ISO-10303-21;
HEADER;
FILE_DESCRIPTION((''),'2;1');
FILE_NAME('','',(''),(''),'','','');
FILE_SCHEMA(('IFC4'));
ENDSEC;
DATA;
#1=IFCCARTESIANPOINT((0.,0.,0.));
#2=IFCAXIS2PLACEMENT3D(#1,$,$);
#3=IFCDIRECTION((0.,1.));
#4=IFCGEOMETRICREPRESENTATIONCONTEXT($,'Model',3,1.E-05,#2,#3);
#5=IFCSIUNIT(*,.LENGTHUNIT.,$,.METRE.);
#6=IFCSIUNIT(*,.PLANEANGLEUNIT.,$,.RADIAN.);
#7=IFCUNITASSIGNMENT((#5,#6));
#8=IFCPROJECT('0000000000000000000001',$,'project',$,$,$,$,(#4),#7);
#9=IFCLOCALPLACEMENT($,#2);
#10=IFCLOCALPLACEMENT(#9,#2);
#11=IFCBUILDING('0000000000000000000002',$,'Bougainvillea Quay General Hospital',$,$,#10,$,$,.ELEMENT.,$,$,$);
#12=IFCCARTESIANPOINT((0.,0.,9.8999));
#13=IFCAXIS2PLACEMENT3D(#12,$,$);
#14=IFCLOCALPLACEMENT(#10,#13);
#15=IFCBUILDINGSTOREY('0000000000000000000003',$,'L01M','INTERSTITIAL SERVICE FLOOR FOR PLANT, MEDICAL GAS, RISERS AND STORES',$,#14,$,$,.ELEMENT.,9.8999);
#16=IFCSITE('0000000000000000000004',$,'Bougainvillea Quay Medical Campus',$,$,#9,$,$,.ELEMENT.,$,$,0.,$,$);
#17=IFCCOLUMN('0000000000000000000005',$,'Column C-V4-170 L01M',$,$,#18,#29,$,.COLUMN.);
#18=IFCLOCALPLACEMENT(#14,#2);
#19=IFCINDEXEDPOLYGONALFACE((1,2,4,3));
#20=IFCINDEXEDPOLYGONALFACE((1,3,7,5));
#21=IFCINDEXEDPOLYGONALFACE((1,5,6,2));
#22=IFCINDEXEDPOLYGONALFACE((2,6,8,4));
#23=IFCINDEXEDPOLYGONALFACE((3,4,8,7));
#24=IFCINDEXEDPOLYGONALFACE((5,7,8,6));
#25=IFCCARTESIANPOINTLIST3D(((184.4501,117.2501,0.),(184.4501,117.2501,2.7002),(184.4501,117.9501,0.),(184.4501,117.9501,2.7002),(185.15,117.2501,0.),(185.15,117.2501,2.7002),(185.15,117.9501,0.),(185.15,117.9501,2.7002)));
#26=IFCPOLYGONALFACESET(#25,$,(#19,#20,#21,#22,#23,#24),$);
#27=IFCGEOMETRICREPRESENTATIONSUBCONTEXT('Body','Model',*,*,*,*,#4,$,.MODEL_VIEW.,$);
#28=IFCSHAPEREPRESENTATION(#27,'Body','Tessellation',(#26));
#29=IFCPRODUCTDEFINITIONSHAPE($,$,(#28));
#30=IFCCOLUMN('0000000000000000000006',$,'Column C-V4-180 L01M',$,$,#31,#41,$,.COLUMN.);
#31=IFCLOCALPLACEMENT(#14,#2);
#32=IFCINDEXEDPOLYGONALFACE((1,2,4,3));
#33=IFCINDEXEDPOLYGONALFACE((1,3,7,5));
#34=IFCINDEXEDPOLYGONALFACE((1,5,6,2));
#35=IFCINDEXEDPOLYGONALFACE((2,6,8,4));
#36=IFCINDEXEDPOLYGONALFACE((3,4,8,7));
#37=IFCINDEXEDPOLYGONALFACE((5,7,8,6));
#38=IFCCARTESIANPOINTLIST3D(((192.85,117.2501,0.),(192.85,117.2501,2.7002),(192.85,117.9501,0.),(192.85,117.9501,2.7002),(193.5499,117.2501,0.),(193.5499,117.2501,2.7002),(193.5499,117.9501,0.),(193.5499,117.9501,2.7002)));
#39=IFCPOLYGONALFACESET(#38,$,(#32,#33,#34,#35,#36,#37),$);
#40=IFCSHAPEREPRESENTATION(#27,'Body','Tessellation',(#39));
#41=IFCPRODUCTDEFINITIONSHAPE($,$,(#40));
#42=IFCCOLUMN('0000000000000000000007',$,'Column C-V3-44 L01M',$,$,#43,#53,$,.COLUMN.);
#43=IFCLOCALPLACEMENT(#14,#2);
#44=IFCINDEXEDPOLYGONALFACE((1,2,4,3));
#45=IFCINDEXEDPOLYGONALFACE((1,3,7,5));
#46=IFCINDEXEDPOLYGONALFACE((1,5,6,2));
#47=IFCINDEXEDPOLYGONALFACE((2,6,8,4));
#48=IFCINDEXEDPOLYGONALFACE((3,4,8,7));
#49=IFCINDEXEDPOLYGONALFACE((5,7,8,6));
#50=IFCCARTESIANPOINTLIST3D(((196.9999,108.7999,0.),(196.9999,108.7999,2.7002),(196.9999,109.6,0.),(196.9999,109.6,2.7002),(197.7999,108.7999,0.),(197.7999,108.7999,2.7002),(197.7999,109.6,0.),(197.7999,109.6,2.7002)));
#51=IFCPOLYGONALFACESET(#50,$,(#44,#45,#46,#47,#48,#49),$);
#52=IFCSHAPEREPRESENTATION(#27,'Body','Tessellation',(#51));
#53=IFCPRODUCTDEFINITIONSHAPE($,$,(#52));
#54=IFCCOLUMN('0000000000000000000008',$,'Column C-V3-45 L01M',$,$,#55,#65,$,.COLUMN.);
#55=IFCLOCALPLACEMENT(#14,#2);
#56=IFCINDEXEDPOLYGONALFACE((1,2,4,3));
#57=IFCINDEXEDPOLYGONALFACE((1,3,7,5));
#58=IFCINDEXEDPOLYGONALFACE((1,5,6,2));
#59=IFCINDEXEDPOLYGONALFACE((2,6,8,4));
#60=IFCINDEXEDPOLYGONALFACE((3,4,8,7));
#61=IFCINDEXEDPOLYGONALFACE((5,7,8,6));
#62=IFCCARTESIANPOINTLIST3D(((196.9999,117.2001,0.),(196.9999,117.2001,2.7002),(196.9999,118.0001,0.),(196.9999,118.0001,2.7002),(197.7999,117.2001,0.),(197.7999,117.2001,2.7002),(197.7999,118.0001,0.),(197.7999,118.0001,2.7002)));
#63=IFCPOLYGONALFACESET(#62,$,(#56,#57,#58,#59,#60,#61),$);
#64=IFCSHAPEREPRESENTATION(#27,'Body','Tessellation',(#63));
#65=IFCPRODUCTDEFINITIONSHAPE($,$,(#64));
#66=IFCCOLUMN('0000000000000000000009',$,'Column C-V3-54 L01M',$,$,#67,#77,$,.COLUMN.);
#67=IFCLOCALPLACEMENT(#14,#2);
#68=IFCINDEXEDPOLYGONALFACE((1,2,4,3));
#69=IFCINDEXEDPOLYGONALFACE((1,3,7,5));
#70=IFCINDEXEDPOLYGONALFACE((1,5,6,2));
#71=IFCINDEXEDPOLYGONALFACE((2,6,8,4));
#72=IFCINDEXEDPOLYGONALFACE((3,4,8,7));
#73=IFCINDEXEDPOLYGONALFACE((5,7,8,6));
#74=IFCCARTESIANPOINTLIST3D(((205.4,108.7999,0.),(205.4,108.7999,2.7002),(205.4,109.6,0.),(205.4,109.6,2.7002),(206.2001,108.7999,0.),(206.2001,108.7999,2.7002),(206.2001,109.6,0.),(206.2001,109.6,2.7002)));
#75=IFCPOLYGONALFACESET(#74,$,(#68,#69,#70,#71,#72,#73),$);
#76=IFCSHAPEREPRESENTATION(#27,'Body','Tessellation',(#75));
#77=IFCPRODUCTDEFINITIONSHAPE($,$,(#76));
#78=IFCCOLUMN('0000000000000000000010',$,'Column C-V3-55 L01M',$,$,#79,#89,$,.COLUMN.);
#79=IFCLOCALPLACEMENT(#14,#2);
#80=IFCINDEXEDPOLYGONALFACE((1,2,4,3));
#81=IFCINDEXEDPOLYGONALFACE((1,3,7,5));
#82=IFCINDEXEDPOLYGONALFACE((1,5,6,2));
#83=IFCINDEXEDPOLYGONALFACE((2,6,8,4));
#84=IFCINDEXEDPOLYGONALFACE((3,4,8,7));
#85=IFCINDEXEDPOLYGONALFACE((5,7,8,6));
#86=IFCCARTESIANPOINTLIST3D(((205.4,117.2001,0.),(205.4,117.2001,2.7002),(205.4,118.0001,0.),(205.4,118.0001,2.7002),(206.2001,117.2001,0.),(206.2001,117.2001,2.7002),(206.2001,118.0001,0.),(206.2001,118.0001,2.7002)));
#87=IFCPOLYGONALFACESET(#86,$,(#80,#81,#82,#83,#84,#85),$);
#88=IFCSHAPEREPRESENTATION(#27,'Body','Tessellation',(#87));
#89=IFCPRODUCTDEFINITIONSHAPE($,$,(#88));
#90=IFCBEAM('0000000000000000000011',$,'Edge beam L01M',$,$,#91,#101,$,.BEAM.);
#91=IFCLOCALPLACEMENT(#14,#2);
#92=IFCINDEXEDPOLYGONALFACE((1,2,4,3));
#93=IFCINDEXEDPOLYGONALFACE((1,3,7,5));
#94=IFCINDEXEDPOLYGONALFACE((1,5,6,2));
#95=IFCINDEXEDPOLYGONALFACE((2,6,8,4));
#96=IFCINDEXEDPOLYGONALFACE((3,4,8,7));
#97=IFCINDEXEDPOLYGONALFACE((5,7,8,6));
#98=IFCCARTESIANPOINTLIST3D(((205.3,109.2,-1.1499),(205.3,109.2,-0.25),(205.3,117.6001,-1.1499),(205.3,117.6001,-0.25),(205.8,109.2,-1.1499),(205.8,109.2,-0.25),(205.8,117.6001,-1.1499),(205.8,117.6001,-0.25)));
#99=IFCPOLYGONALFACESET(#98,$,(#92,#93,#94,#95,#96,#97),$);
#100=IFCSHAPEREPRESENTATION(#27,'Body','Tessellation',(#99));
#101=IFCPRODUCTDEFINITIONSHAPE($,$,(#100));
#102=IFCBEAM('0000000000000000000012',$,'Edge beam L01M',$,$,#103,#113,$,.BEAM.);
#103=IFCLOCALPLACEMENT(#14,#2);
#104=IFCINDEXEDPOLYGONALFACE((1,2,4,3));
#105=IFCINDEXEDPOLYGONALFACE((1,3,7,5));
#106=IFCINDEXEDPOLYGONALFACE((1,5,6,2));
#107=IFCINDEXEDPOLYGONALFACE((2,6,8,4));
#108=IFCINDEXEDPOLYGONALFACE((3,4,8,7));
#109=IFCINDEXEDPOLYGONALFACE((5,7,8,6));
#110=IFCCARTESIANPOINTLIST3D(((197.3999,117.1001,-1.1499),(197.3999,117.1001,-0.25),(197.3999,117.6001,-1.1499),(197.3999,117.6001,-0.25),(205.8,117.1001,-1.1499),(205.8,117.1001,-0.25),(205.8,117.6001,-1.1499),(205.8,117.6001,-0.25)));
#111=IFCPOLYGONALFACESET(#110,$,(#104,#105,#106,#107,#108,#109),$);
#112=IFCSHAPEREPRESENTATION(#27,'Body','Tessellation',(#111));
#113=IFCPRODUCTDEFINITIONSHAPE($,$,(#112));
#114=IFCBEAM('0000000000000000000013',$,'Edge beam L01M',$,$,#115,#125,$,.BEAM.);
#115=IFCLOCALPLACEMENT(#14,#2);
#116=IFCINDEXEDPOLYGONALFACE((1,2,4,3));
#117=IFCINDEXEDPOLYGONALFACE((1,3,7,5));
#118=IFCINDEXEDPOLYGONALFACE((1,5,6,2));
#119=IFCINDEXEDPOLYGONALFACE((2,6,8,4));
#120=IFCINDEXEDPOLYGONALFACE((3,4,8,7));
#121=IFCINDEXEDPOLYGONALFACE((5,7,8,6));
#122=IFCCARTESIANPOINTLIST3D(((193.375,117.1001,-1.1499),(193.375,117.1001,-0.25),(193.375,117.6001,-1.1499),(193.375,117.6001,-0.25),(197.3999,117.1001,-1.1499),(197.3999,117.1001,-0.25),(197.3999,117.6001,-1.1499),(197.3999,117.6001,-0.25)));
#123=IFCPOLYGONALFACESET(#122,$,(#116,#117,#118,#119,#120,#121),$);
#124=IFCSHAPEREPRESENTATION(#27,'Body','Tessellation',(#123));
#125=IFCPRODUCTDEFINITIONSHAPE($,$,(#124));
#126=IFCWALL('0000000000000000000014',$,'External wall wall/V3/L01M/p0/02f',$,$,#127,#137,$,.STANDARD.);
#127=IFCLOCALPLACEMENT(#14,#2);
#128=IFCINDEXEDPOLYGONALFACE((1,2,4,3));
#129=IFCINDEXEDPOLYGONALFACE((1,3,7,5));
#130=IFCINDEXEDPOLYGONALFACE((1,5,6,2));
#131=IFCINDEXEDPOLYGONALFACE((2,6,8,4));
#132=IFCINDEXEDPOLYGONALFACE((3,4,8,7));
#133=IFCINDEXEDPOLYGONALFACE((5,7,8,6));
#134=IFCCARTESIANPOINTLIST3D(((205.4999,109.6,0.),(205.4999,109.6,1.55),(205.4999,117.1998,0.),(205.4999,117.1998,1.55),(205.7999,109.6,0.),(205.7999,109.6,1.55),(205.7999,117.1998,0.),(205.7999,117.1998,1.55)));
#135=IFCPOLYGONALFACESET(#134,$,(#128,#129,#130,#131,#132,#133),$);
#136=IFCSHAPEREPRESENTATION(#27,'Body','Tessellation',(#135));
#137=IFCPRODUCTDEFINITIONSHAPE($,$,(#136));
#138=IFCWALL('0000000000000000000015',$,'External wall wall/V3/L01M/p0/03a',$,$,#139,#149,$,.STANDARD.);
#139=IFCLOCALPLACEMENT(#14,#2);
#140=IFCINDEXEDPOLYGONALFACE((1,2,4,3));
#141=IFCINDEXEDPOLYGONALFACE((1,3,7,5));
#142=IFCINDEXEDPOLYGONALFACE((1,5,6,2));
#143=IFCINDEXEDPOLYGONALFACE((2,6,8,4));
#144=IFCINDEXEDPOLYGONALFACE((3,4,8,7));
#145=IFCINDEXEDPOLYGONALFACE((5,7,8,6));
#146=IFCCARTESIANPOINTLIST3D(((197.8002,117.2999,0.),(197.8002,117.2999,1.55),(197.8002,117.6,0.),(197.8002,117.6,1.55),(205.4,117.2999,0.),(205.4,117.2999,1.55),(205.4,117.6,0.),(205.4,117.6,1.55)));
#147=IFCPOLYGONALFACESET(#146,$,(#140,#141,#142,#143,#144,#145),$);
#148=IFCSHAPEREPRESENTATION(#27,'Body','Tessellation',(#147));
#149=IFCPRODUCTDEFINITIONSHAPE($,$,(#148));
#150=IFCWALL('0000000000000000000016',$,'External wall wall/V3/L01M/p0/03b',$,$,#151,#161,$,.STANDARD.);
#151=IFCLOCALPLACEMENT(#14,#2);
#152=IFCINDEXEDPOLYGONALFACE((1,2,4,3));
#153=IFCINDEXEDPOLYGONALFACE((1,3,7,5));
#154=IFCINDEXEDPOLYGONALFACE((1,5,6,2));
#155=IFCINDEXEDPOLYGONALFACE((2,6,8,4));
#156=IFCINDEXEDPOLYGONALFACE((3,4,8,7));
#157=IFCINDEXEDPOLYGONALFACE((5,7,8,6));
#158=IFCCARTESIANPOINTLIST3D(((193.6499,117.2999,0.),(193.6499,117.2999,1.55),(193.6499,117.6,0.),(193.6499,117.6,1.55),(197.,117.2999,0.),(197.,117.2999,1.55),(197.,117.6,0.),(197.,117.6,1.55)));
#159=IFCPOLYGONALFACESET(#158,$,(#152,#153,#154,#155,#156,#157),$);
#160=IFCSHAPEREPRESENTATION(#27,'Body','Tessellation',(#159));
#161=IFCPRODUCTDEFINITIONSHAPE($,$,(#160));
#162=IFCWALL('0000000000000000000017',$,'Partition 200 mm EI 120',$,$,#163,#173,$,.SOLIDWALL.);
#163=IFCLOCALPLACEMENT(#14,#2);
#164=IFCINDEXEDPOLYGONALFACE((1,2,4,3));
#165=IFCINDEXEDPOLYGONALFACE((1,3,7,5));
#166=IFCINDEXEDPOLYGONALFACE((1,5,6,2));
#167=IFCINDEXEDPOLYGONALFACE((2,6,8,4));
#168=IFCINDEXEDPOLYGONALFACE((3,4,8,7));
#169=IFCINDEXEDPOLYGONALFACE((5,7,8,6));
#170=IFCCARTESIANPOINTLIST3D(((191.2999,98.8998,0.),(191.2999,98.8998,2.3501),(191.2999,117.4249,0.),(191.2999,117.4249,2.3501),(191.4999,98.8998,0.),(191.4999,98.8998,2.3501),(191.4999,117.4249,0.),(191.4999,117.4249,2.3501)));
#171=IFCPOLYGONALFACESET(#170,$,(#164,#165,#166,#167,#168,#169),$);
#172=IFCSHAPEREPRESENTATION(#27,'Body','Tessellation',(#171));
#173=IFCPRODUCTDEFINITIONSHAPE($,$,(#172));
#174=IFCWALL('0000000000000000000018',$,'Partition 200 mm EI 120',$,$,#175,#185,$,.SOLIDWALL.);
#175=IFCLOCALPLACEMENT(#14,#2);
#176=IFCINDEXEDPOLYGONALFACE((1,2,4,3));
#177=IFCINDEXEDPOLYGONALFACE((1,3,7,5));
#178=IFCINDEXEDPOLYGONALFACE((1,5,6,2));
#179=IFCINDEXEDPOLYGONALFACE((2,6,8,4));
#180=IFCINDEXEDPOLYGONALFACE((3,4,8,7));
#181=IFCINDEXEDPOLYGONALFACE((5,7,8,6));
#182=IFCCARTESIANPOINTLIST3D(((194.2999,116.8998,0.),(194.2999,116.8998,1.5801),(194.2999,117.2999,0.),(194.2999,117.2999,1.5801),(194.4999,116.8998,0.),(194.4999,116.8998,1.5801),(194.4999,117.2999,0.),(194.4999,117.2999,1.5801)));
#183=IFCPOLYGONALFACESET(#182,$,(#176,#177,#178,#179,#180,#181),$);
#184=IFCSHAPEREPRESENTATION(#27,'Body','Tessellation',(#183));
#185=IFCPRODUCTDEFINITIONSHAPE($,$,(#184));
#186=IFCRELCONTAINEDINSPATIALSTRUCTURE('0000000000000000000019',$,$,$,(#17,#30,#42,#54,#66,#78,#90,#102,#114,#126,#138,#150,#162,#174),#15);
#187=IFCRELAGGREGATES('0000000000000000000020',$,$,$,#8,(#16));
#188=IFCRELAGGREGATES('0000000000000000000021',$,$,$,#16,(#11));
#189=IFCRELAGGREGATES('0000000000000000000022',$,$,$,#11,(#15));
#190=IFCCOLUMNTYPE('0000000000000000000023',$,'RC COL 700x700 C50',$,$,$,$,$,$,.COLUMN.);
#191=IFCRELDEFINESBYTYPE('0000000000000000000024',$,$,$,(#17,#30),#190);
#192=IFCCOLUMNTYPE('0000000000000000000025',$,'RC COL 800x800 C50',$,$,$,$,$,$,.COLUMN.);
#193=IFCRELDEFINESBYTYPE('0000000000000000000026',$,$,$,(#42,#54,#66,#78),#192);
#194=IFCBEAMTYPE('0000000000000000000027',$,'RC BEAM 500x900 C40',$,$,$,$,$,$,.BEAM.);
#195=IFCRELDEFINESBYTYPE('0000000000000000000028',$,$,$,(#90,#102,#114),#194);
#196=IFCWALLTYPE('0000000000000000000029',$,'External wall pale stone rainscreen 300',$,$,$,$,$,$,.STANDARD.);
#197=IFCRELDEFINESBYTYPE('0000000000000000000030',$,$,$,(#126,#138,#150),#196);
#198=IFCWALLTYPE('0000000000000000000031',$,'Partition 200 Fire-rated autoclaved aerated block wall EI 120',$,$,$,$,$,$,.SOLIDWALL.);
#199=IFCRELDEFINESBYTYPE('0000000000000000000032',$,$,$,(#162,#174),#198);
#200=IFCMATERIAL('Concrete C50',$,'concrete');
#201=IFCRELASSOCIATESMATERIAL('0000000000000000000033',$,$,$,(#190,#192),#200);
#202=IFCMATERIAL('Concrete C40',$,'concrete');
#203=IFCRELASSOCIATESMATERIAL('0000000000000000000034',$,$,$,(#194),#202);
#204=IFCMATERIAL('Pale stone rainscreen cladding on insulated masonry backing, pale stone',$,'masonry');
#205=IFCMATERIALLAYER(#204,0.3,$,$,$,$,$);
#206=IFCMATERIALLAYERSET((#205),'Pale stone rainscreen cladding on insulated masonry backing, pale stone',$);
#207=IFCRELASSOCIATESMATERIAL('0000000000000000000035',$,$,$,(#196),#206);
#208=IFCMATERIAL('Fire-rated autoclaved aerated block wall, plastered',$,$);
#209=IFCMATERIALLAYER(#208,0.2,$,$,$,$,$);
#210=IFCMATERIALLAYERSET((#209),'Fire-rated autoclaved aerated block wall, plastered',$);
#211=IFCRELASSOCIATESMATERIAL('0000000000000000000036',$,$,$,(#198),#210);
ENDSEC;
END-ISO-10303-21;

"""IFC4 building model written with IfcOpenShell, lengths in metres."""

from ifc_helpers import new_model, si_unit, direction, frame, frame_2d, origin, origin_2d, place, context, subcontext, project, spatial, rectangle, extrude, material, layer, layer_set, material_profile, profile_set, type_object, element, save


model = new_model("IFC4")

# Units and contexts
model_context = context("Model", 3, precision=1e-05, world=origin(), true_north=direction((0.0, 1.0)))
body_context = subcontext(model_context, "Body", "Model", "MODEL_VIEW")
ifc_project = project(units=[si_unit("LENGTHUNIT", "METRE"), si_unit("PLANEANGLEUNIT", "RADIAN")], contexts=[model_context])

# Site, building, storey
site_placement = place(None, origin())
site = spatial("IfcSite", under=ifc_project, at=site_placement, Name="Bougainvillea Quay Medical Campus", CompositionType="ELEMENT", RefElevation=0.0)
building_placement = place(site_placement, origin())
building = spatial("IfcBuilding", under=site, at=building_placement, Name="Bougainvillea Quay General Hospital", CompositionType="ELEMENT")
storey_placement = place(building_placement, frame((0.0, 0.0, 9.8999)))
storey = spatial("IfcBuildingStorey", under=building, at=storey_placement, Name="L01M", Description="INTERSTITIAL SERVICE FLOOR FOR PLANT, MEDICAL GAS, RISERS AND STORES", CompositionType="ELEMENT", Elevation=9.8999)

# Columns
ifc_material_1 = material(Name="Concrete C50", Category="concrete")
ifc_material_profile_1 = material_profile(ifc_material_1, rectangle(XDim=0.7, YDim=0.7, at=origin_2d()))
ifc_profile_set_1 = profile_set([ifc_material_profile_1], Name="Concrete C50")
column_type_1 = type_object("IfcColumnType", Name="RC COL 700x700 C50", PredefinedType="COLUMN", material=ifc_profile_set_1)
for number, where, z_axis, x_axis, name in (
    (1, (184.8, 117.6001, 0.0), (0.0, 0.0, 1.0), (1.0, 0.0, 0.0), "Column C-V4-170 L01M"),
    (2, (193.2, 117.6001, 0.0), (0.0, 0.0, 1.0), (1.0, 0.0, 0.0), "Column C-V4-180 L01M"),
):
    element("IfcColumn", number, at=place(storey_placement, frame(where, z_axis=z_axis, x_axis=x_axis)), inside=storey, type_object=column_type_1, Name=name, PredefinedType="COLUMN", context=body_context, shape_type="SweptSolid", body=[
        extrude(rectangle(XDim=0.7, YDim=0.7, at=origin_2d()), origin(), (0.0, 0.0, 1.0), 2.7002),
    ])
ifc_material_profile_2 = material_profile(ifc_material_1, rectangle(XDim=0.8, YDim=0.8, at=origin_2d()))
ifc_profile_set_2 = profile_set([ifc_material_profile_2], Name="Concrete C50")
column_type_2 = type_object("IfcColumnType", Name="RC COL 800x800 C50", PredefinedType="COLUMN", material=ifc_profile_set_2)
for number, where, z_axis, x_axis, name in (
    (3, (197.3999, 109.2, 0.0), (0.0, 0.0, 1.0), (1.0, 0.0, 0.0), "Column C-V3-44 L01M"),
    (4, (197.3999, 117.6001, 0.0), (0.0, 0.0, 1.0), (1.0, 0.0, 0.0), "Column C-V3-45 L01M"),
    (5, (205.8, 109.2, 0.0), (0.0, 0.0, 1.0), (1.0, 0.0, 0.0), "Column C-V3-54 L01M"),
    (6, (205.8, 117.6001, 0.0), (0.0, 0.0, 1.0), (1.0, 0.0, 0.0), "Column C-V3-55 L01M"),
):
    element("IfcColumn", number, at=place(storey_placement, frame(where, z_axis=z_axis, x_axis=x_axis)), inside=storey, type_object=column_type_2, Name=name, PredefinedType="COLUMN", context=body_context, shape_type="SweptSolid", body=[
        extrude(rectangle(XDim=0.8, YDim=0.8, at=origin_2d()), origin(), (0.0, 0.0, 1.0), 2.7002),
    ])

# Beams
ifc_material_2 = material(Name="Concrete C40", Category="concrete")
ifc_material_profile_3 = material_profile(ifc_material_2, rectangle(XDim=0.5, YDim=0.8999, at=origin_2d()))
ifc_profile_set_3 = profile_set([ifc_material_profile_3], Name="Concrete C40")
beam_type = type_object("IfcBeamType", Name="RC BEAM 500x900 C40", PredefinedType="BEAM", material=ifc_profile_set_3)
for number, where, z_axis, x_axis, name in (
    (7, (205.55, 109.2, -0.7), (0.0, 1.0, 0.0), (-1.0, 0.0, 0.0), "Edge beam L01M"),
    (8, (205.8, 117.3501, -0.7), (-1.0, 0.0, 0.0), (0.0, -1.0, 0.0), "Edge beam L01M"),
):
    element("IfcBeam", number, at=place(storey_placement, frame(where, z_axis=z_axis, x_axis=x_axis)), inside=storey, type_object=beam_type, Name=name, PredefinedType="BEAM", context=body_context, shape_type="SweptSolid", body=[
        extrude(rectangle(XDim=0.5, YDim=0.8999, at=origin_2d()), origin(), (0.0, 0.0, 1.0), 8.4001),
    ])
beam_placement = place(storey_placement, frame((197.3999, 117.3501, -0.7), z_axis=(-1.0, 0.0, 0.0), x_axis=(0.0, -1.0, 0.0)))
element("IfcBeam", 9, at=beam_placement, inside=storey, type_object=beam_type, Name="Edge beam L01M", PredefinedType="BEAM", context=body_context, shape_type="SweptSolid", body=[
    extrude(rectangle(XDim=0.5, YDim=0.8999, at=origin_2d()), origin(), (0.0, 0.0, 1.0), 4.0249),
])

# Walls
ifc_material_3 = material(Name="Pale stone rainscreen cladding on insulated masonry backing, pale stone", Category="masonry")
ifc_layer_1 = layer(ifc_material_3, 0.3)
ifc_layer_set_1 = layer_set([ifc_layer_1], Name="Pale stone rainscreen cladding on insulated masonry backing, pale stone")
wall_type_1 = type_object("IfcWallType", Name="External wall pale stone rainscreen 300", PredefinedType="STANDARD", material=ifc_layer_set_1)
for number, where, z_axis, x_axis, name in (
    (10, (205.6499, 109.6001, 0.0), (0.0, 0.0, 1.0), (0.0, 1.0, 0.0), "External wall wall/V3/L01M/p0/02f"),
    (11, (205.3999, 117.45, 0.0), (0.0, 0.0, 1.0), (-1.0, 0.0, 0.0), "External wall wall/V3/L01M/p0/03a"),
):
    element("IfcWall", number, at=place(storey_placement, frame(where, z_axis=z_axis, x_axis=x_axis)), inside=storey, type_object=wall_type_1, Name=name, PredefinedType="STANDARD", context=body_context, shape_type="SweptSolid", body=[
        extrude(rectangle(XDim=7.5999, YDim=0.3, at=frame_2d((3.7998, 0.0))), origin(), (0.0, 0.0, 1.0), 1.55),
    ])
wall_1_placement = place(storey_placement, frame((197.0, 117.45, 0.0), z_axis=(0.0, 0.0, 1.0), x_axis=(-1.0, 0.0, 0.0)))
element("IfcWall", 12, at=wall_1_placement, inside=storey, type_object=wall_type_1, Name="External wall wall/V3/L01M/p0/03b", PredefinedType="STANDARD", context=body_context, shape_type="SweptSolid", body=[
    extrude(rectangle(XDim=3.3501, YDim=0.3, at=frame_2d((1.675, 0.0))), origin(), (0.0, 0.0, 1.0), 1.55),
])
ifc_material_4 = material(Name="Fire-rated autoclaved aerated block wall, plastered")
ifc_layer_2 = layer(ifc_material_4, 0.2)
ifc_layer_set_2 = layer_set([ifc_layer_2], Name="Fire-rated autoclaved aerated block wall, plastered")
wall_type_2 = type_object("IfcWallType", Name="Partition 200 Fire-rated autoclaved aerated block wall EI 120", PredefinedType="SOLIDWALL", material=ifc_layer_set_2)
wall_2_placement = place(storey_placement, frame((191.3999, 117.425, 0.0), z_axis=(0.0, 0.0, 1.0), x_axis=(0.0, -1.0, 0.0)))
element("IfcWall", 13, at=wall_2_placement, inside=storey, type_object=wall_type_2, Name="Partition 200 mm EI 120", PredefinedType="SOLIDWALL", context=body_context, shape_type="SweptSolid", body=[
    extrude(rectangle(XDim=18.5251, YDim=0.2, at=frame_2d((9.2627, 0.0))), origin(), (0.0, 0.0, 1.0), 2.3501),
])
wall_3_placement = place(storey_placement, frame((194.3999, 117.3, 0.0), z_axis=(0.0, 0.0, 1.0), x_axis=(0.0, -1.0, 0.0)))
element("IfcWall", 14, at=wall_3_placement, inside=storey, type_object=wall_type_2, Name="Partition 200 mm EI 120", PredefinedType="SOLIDWALL", context=body_context, shape_type="SweptSolid", body=[
    extrude(rectangle(XDim=0.4001, YDim=0.2, at=frame_2d((0.2002, 0.0))), origin(), (0.0, 0.0, 1.0), 1.5801),
])

save(model, "model.ifc")
